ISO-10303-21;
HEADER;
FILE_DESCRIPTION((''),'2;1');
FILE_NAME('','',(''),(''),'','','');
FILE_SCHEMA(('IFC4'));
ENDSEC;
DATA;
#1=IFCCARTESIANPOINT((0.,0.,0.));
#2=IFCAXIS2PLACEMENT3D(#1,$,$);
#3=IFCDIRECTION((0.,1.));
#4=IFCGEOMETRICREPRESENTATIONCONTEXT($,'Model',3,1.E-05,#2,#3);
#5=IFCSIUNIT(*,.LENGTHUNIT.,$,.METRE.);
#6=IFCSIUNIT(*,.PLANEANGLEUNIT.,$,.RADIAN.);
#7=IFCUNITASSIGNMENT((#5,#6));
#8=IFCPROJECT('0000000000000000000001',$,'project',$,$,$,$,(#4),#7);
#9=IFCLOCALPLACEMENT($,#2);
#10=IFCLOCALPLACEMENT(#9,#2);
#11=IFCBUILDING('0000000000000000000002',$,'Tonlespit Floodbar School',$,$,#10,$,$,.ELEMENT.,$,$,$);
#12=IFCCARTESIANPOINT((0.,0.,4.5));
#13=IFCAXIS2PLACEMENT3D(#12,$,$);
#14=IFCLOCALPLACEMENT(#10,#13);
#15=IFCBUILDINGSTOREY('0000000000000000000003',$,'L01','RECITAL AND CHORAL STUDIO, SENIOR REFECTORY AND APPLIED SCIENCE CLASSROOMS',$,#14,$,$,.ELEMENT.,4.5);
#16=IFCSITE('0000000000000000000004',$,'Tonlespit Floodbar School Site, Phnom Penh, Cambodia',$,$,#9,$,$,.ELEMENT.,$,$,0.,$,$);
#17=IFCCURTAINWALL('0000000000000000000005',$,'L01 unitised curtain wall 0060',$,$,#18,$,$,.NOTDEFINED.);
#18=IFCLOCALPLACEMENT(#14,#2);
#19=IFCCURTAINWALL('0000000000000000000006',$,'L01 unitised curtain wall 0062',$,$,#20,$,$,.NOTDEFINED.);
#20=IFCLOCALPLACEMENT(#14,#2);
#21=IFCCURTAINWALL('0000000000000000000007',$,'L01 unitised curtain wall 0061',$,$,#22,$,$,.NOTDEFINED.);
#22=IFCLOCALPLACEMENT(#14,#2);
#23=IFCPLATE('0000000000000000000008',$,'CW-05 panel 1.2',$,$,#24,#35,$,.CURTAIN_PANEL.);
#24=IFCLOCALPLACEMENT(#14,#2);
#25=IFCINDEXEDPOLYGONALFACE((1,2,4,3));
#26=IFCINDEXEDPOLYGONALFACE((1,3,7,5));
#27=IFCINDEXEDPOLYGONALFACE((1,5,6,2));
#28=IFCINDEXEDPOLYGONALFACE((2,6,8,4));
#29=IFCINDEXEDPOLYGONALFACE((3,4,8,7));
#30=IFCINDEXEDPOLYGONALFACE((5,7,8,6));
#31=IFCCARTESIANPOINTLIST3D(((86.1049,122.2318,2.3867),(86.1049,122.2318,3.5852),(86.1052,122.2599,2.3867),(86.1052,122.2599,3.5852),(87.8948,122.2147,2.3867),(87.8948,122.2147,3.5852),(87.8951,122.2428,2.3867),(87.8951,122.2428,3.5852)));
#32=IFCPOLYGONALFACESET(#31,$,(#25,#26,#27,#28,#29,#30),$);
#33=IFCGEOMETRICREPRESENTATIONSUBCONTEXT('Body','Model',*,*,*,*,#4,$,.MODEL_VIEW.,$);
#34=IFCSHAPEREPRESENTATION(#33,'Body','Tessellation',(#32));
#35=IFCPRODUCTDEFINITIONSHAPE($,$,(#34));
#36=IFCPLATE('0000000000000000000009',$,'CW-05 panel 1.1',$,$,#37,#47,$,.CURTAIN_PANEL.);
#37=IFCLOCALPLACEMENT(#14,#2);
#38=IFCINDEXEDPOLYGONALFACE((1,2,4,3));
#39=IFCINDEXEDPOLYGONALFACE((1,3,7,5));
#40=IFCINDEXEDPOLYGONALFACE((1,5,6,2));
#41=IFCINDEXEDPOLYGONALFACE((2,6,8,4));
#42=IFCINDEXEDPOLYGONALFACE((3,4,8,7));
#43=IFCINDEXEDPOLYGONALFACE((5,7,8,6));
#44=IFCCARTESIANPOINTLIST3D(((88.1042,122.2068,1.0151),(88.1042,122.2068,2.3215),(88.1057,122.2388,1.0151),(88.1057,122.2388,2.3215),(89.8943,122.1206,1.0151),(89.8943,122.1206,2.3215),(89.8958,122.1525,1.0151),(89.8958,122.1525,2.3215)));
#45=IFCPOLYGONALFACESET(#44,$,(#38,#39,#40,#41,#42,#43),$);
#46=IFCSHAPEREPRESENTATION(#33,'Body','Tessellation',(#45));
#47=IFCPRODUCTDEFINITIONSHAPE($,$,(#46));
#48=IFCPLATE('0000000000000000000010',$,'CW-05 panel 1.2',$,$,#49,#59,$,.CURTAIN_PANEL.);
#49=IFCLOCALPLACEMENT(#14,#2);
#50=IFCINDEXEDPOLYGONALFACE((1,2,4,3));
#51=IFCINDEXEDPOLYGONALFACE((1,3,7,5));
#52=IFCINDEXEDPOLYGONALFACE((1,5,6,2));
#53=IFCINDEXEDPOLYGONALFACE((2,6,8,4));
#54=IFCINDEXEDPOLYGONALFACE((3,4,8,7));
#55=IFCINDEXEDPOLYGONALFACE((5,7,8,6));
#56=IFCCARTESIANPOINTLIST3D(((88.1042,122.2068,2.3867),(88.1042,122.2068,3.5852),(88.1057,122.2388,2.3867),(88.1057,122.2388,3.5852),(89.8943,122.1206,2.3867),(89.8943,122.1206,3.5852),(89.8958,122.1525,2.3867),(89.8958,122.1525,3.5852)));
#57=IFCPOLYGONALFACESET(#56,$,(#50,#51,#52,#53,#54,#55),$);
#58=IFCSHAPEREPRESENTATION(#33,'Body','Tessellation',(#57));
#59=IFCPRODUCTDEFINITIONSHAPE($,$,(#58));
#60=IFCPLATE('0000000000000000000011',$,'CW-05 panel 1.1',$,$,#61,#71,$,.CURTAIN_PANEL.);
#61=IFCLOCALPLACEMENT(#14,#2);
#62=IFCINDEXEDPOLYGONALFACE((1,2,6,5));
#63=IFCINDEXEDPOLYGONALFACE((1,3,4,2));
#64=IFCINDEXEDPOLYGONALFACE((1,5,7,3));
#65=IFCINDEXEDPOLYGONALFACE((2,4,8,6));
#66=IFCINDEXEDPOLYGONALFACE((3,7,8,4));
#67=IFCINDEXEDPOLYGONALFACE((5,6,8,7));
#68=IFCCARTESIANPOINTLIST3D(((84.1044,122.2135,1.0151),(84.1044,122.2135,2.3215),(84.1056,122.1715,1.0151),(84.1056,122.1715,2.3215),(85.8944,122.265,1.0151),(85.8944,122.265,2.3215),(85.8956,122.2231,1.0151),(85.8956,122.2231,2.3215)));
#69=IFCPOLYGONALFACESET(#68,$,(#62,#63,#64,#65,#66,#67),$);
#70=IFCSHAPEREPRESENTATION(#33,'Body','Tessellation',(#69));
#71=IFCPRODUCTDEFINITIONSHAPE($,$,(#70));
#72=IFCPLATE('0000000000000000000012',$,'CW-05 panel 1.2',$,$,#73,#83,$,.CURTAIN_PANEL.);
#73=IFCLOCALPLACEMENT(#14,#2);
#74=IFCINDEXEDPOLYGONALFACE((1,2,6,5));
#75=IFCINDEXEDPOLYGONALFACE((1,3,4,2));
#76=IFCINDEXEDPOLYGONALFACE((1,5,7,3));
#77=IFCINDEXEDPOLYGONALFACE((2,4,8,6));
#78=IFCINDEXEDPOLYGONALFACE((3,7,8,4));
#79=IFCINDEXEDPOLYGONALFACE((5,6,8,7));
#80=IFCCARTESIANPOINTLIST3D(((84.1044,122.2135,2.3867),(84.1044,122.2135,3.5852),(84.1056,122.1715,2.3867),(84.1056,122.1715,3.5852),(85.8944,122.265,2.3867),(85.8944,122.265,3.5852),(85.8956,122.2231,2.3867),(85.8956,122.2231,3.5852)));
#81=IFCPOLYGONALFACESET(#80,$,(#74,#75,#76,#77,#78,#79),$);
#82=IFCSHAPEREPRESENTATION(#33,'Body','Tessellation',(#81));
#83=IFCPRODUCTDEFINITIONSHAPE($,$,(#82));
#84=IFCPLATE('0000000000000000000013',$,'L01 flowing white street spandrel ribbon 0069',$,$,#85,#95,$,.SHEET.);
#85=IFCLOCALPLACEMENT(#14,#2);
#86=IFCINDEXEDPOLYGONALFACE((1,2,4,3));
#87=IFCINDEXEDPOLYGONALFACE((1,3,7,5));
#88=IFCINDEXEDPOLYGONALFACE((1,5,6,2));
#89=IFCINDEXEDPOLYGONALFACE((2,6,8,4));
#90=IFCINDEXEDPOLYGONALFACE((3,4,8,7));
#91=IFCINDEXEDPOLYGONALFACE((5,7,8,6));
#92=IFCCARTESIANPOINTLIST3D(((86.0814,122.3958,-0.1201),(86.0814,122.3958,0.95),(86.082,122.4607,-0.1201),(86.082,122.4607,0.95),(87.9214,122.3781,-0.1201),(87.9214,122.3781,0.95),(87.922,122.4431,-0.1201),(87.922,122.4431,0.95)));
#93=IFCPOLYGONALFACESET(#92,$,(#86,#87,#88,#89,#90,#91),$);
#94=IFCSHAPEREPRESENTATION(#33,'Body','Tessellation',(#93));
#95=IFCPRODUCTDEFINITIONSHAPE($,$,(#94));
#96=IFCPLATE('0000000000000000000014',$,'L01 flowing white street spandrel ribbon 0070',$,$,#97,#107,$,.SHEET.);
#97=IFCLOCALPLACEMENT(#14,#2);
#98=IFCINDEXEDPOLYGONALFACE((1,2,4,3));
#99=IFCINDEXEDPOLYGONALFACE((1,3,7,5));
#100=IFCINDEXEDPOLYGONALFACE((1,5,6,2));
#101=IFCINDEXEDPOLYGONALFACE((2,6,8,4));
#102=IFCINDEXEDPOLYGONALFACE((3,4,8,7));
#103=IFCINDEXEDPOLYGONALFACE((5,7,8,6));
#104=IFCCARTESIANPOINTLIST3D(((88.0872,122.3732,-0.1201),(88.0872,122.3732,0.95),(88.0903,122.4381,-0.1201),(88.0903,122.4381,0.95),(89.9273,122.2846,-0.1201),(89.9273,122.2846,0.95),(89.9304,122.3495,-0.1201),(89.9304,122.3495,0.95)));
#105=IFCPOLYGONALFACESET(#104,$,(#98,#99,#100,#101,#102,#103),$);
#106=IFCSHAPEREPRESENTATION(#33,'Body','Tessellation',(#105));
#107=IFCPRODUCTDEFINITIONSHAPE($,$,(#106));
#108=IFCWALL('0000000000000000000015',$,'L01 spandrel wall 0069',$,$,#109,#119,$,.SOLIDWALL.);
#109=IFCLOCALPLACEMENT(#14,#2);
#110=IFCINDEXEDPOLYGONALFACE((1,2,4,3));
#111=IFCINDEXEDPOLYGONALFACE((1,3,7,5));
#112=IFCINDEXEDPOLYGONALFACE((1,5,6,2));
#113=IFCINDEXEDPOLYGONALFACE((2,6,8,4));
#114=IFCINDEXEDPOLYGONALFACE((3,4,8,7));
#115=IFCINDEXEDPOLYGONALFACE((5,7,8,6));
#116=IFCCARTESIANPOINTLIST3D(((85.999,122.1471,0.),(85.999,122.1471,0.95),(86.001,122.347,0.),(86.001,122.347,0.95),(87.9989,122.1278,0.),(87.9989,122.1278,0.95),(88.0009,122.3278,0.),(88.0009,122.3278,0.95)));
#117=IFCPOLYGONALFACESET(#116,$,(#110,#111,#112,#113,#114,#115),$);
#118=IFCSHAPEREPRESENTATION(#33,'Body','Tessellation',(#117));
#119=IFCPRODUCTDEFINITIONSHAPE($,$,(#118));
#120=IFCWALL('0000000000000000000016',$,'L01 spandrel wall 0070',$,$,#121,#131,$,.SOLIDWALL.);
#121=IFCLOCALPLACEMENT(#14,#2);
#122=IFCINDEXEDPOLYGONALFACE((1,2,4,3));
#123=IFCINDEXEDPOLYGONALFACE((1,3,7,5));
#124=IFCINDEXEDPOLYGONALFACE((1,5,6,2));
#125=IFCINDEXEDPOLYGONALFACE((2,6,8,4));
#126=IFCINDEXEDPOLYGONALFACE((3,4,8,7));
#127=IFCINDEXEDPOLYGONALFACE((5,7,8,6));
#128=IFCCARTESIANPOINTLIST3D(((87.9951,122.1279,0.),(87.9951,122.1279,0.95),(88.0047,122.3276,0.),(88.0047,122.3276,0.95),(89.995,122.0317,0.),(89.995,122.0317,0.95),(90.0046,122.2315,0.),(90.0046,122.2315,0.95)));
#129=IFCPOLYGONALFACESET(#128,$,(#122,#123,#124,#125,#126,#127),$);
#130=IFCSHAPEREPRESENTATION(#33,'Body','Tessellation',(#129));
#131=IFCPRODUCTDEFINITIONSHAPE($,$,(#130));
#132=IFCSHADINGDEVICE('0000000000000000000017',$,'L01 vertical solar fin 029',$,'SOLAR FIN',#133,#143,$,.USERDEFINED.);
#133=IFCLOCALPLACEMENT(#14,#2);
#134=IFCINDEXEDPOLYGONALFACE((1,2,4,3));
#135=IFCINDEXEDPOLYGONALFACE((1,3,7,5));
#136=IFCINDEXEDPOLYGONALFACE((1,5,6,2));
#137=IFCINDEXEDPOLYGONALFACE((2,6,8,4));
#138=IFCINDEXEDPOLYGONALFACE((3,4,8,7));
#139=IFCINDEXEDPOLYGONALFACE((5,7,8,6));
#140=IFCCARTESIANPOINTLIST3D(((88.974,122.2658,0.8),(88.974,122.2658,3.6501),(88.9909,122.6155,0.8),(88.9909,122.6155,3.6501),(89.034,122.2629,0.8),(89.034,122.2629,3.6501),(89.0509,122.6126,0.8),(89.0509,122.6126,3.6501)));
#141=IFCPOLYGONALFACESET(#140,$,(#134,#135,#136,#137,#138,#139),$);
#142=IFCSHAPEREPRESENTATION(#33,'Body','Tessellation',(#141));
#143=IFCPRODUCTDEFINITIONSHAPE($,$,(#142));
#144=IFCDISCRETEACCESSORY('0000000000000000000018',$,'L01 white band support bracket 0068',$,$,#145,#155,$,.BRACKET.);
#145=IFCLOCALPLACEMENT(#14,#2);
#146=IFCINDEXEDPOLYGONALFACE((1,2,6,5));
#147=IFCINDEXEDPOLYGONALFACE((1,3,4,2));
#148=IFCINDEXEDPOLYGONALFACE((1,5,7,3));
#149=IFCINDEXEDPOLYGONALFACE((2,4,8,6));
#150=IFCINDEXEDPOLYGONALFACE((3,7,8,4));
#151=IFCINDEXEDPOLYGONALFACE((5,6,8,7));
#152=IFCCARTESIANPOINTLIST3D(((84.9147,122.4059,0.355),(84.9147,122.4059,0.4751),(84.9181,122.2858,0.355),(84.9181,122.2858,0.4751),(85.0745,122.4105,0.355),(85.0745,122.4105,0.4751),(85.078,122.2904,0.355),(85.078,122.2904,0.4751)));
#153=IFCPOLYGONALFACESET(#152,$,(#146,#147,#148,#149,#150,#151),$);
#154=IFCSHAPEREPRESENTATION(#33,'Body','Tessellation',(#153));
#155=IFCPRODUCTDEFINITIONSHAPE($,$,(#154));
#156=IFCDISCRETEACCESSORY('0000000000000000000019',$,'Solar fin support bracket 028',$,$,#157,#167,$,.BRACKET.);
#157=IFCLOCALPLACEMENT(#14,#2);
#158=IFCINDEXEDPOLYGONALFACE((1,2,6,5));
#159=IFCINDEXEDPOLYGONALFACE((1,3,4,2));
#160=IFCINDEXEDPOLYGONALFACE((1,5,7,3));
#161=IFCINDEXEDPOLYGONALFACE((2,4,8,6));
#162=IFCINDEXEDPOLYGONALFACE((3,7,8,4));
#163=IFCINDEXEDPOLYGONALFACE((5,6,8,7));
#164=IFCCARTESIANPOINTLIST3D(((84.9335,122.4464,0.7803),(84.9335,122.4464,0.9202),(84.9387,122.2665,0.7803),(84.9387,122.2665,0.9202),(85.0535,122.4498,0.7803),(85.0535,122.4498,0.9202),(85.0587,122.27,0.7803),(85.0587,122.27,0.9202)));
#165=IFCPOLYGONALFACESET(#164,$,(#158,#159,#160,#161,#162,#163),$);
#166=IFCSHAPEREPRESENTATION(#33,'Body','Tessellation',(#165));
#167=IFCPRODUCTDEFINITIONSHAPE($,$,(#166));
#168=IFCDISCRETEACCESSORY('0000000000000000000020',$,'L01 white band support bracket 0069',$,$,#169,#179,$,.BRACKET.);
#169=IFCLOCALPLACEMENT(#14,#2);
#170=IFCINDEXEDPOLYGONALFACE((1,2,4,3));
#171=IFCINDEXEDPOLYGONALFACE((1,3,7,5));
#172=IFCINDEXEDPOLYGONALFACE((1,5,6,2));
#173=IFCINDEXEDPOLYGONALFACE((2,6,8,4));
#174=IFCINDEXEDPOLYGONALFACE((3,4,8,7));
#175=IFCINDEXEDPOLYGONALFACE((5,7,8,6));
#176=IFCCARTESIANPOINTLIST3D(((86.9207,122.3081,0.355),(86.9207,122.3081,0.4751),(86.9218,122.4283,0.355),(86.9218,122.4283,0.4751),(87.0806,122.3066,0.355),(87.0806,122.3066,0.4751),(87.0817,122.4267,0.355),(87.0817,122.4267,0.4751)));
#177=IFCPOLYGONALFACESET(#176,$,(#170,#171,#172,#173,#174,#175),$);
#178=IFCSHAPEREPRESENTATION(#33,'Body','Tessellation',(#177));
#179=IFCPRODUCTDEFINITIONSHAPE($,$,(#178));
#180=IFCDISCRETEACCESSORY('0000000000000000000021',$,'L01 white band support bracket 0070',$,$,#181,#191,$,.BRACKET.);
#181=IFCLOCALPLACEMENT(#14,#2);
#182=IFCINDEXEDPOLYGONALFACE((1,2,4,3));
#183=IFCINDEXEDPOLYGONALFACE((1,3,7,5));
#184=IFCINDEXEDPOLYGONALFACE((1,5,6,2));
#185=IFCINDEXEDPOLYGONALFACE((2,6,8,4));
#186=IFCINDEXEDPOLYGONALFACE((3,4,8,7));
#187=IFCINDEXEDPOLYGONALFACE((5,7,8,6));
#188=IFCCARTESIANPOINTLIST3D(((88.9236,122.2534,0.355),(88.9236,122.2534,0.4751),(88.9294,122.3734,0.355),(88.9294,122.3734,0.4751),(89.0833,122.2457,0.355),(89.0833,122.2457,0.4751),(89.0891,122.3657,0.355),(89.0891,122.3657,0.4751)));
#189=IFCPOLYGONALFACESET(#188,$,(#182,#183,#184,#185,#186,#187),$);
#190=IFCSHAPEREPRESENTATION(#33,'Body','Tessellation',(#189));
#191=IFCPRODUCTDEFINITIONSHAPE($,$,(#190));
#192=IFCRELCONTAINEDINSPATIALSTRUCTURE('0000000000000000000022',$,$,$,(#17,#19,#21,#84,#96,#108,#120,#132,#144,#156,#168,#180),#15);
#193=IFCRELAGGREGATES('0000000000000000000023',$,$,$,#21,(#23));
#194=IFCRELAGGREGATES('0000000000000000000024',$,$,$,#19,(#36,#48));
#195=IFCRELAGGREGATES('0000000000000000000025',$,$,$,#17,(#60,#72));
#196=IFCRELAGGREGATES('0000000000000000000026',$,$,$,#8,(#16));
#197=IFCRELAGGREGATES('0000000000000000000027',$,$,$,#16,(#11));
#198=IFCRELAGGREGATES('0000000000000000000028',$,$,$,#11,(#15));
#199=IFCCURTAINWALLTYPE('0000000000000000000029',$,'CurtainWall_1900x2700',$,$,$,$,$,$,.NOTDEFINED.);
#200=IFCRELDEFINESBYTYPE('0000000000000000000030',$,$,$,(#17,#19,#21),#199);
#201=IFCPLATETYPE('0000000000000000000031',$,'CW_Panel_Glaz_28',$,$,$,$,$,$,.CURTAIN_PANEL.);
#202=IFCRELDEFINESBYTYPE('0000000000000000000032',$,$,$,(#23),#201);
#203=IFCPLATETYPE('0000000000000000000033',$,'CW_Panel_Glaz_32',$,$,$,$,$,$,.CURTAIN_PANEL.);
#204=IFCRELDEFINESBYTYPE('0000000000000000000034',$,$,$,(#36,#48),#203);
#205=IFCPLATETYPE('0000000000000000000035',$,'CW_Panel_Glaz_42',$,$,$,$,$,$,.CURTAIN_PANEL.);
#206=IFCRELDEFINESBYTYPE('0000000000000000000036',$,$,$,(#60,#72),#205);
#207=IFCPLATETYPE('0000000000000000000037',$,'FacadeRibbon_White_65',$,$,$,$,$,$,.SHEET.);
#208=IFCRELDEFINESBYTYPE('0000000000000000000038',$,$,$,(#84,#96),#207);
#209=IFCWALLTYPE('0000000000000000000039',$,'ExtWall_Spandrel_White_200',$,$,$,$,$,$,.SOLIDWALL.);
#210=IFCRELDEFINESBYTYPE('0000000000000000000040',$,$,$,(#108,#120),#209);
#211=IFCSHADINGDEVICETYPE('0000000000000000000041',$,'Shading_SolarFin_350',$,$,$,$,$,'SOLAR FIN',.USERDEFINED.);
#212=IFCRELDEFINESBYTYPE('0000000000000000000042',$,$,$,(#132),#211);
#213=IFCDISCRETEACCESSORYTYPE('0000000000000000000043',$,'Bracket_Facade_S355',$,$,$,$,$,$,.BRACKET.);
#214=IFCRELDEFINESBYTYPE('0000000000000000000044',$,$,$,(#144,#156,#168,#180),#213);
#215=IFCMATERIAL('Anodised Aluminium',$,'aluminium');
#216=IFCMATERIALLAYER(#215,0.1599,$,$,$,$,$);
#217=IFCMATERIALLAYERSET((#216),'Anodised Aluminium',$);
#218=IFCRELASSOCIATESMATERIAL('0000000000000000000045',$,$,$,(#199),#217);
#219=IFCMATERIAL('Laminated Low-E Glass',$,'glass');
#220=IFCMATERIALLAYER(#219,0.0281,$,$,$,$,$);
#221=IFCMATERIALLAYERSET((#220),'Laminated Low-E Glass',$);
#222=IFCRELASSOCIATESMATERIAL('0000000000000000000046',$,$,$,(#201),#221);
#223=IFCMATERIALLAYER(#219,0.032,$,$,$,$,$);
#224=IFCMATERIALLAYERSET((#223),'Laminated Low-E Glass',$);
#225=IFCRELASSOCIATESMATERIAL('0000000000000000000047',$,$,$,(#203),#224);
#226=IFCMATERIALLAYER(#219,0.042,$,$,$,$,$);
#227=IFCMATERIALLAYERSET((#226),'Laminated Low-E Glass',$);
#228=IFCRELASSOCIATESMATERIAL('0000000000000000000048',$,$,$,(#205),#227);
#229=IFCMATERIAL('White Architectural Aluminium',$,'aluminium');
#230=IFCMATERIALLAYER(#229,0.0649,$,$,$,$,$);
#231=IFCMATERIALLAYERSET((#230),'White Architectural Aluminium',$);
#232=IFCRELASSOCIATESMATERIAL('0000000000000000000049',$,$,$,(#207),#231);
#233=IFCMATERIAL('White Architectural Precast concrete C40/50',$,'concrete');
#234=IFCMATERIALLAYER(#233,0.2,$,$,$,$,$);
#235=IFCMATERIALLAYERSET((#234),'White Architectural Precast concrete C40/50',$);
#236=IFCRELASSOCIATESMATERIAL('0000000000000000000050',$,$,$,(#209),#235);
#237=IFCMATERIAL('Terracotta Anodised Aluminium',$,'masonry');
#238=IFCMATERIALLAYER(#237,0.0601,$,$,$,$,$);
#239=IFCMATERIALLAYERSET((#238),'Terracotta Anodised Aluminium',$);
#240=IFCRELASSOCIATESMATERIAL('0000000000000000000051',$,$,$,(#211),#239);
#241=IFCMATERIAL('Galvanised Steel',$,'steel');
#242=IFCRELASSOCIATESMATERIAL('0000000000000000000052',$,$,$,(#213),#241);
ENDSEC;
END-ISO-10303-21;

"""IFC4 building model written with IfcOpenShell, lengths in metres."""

from ifc_helpers import new_model, si_unit, direction, frame, frame_2d, origin, origin_2d, place, context, subcontext, project, spatial, rectangle, extrude, material, layer, layer_set, type_object, element, aggregate, save


model = new_model("IFC4")

# Units and contexts
model_context = context("Model", 3, precision=1e-05, world=origin(), true_north=direction((0.0, 1.0)))
body_context = subcontext(model_context, "Body", "Model", "MODEL_VIEW")
ifc_project = project(units=[si_unit("LENGTHUNIT", "METRE"), si_unit("PLANEANGLEUNIT", "RADIAN")], contexts=[model_context])

# Site, building, storey
site_placement = place(None, origin())
site = spatial("IfcSite", under=ifc_project, at=site_placement, Name="Tonlespit Floodbar School Site, Phnom Penh, Cambodia", CompositionType="ELEMENT", RefElevation=0.0)
building_placement = place(site_placement, origin())
building = spatial("IfcBuilding", under=site, at=building_placement, Name="Tonlespit Floodbar School", CompositionType="ELEMENT")
storey_placement = place(building_placement, frame((0.0, 0.0, 4.5)))
storey = spatial("IfcBuildingStorey", under=building, at=storey_placement, Name="L01", Description="RECITAL AND CHORAL STUDIO, SENIOR REFECTORY AND APPLIED SCIENCE CLASSROOMS", CompositionType="ELEMENT", Elevation=4.5)

# Curtain walls
ifc_material_1 = material(Name="Anodised Aluminium", Category="aluminium")
ifc_layer_1 = layer(ifc_material_1, 0.1599)
ifc_layer_set_1 = layer_set([ifc_layer_1], Name="Anodised Aluminium")
curtain_wall_type = type_object("IfcCurtainWallType", Name="CurtainWall_1900x2700", PredefinedType="NOTDEFINED", material=ifc_layer_set_1)
curtain_wall_1_placement = place(storey_placement, origin())
curtain_wall_1 = element("IfcCurtainWall", 1, at=curtain_wall_1_placement, inside=storey, type_object=curtain_wall_type, Name="L01 unitised curtain wall 0060", PredefinedType="NOTDEFINED")
curtain_wall_2_placement = place(storey_placement, origin())
curtain_wall_2 = element("IfcCurtainWall", 2, at=curtain_wall_2_placement, inside=storey, type_object=curtain_wall_type, Name="L01 unitised curtain wall 0062", PredefinedType="NOTDEFINED")

# Curtain wall
curtain_wall_3_placement = place(storey_placement, origin())
curtain_wall_3 = element("IfcCurtainWall", 3, at=curtain_wall_3_placement, inside=storey, type_object=curtain_wall_type, Name="L01 unitised curtain wall 0061", PredefinedType="NOTDEFINED")

# Plates
ifc_material_2 = material(Name="Laminated Low-E Glass", Category="glass")
ifc_layer_2 = layer(ifc_material_2, 0.0281)
ifc_layer_set_2 = layer_set([ifc_layer_2], Name="Laminated Low-E Glass")
plate_type_1 = type_object("IfcPlateType", Name="CW_Panel_Glaz_28", PredefinedType="CURTAIN_PANEL", material=ifc_layer_set_2)
plate_1_placement = place(storey_placement, frame((87.0, 122.2373, 2.3867), z_axis=(0.0, 0.0, 1.0), x_axis=(0.999954, -0.009583, 0.0)))
plate_1 = element("IfcPlate", 4, at=plate_1_placement, type_object=plate_type_1, Name="CW-05 panel 1.2", PredefinedType="CURTAIN_PANEL", context=body_context, shape_type="SweptSolid", body=[
    extrude(rectangle(XDim=1.79, YDim=0.0281, at=origin_2d()), origin(), (0.0, 0.0, 1.0), 1.1985),
])
aggregate(curtain_wall_3, [plate_1])
ifc_layer_3 = layer(ifc_material_2, 0.032)
ifc_layer_set_3 = layer_set([ifc_layer_3], Name="Laminated Low-E Glass")
plate_type_2 = type_object("IfcPlateType", Name="CW_Panel_Glaz_32", PredefinedType="CURTAIN_PANEL", material=ifc_layer_set_3)
plate_2_placement = place(storey_placement, frame((89.0, 122.1797, 1.0151), z_axis=(0.0, 0.0, 1.0), x_axis=(0.998842, -0.048121, 0.0)))
plate_2 = element("IfcPlate", 5, at=plate_2_placement, type_object=plate_type_2, Name="CW-05 panel 1.1", PredefinedType="CURTAIN_PANEL", context=body_context, shape_type="SweptSolid", body=[
    extrude(rectangle(XDim=1.7922, YDim=0.032, at=origin_2d()), origin(), (0.0, 0.0, 1.0), 1.3064),
])
plate_3_placement = place(storey_placement, frame((89.0, 122.1797, 2.3867), z_axis=(0.0, 0.0, 1.0), x_axis=(0.998842, -0.048121, 0.0)))
plate_3 = element("IfcPlate", 6, at=plate_3_placement, type_object=plate_type_2, Name="CW-05 panel 1.2", PredefinedType="CURTAIN_PANEL", context=body_context, shape_type="SweptSolid", body=[
    extrude(rectangle(XDim=1.7922, YDim=0.032, at=origin_2d()), origin(), (0.0, 0.0, 1.0), 1.1985),
])
aggregate(curtain_wall_2, [plate_2, plate_3])
ifc_layer_4 = layer(ifc_material_2, 0.042)
ifc_layer_set_4 = layer_set([ifc_layer_4], Name="Laminated Low-E Glass")
plate_type_3 = type_object("IfcPlateType", Name="CW_Panel_Glaz_42", PredefinedType="CURTAIN_PANEL", material=ifc_layer_set_4)
plate_4_placement = place(storey_placement, frame((85.0, 122.2183, 1.0151), z_axis=(0.0, 0.0, 1.0), x_axis=(0.999585, 0.02879, 0.0)))
plate_4 = element("IfcPlate", 7, at=plate_4_placement, type_object=plate_type_3, Name="CW-05 panel 1.1", PredefinedType="CURTAIN_PANEL", context=body_context, shape_type="SweptSolid", body=[
    extrude(rectangle(XDim=1.7908, YDim=0.042, at=origin_2d()), origin(), (0.0, 0.0, 1.0), 1.3064),
])
plate_5_placement = place(storey_placement, frame((85.0, 122.2183, 2.3867), z_axis=(0.0, 0.0, 1.0), x_axis=(0.999585, 0.02879, 0.0)))
plate_5 = element("IfcPlate", 8, at=plate_5_placement, type_object=plate_type_3, Name="CW-05 panel 1.2", PredefinedType="CURTAIN_PANEL", context=body_context, shape_type="SweptSolid", body=[
    extrude(rectangle(XDim=1.7908, YDim=0.042, at=origin_2d()), origin(), (0.0, 0.0, 1.0), 1.1985),
])
aggregate(curtain_wall_1, [plate_4, plate_5])

# Plates
ifc_material_3 = material(Name="White Architectural Aluminium", Category="aluminium")
ifc_layer_5 = layer(ifc_material_3, 0.0649)
ifc_layer_set_5 = layer_set([ifc_layer_5], Name="White Architectural Aluminium")
plate_type_4 = type_object("IfcPlateType", Name="FacadeRibbon_White_65", PredefinedType="SHEET", material=ifc_layer_set_5)
plate_6_placement = place(storey_placement, frame((87.0017, 122.4194, -0.1201), z_axis=(0.0, 0.0, 1.0), x_axis=(0.999954, -0.009599, 0.0)))
element("IfcPlate", 9, at=plate_6_placement, inside=storey, type_object=plate_type_4, Name="L01 flowing white street spandrel ribbon 0069", PredefinedType="SHEET", context=body_context, shape_type="SweptSolid", body=[
    extrude(rectangle(XDim=1.8401, YDim=0.0649, at=origin_2d()), origin(), (0.0, 0.0, 1.0), 1.0701),
])
plate_7_placement = place(storey_placement, frame((89.0088, 122.3613, -0.1201), z_axis=(0.0, 0.0, 1.0), x_axis=(0.998843, -0.048095, 0.0)))
element("IfcPlate", 10, at=plate_7_placement, inside=storey, type_object=plate_type_4, Name="L01 flowing white street spandrel ribbon 0070", PredefinedType="SHEET", context=body_context, shape_type="SweptSolid", body=[
    extrude(rectangle(XDim=1.8423, YDim=0.0649, at=origin_2d()), origin(), (0.0, 0.0, 1.0), 1.0701),
])

# Walls
ifc_material_4 = material(Name="White Architectural Precast concrete C40/50", Category="concrete")
ifc_layer_6 = layer(ifc_material_4, 0.2)
ifc_layer_set_6 = layer_set([ifc_layer_6], Name="White Architectural Precast concrete C40/50")
wall_type = type_object("IfcWallType", Name="ExtWall_Spandrel_White_200", PredefinedType="SOLIDWALL", material=ifc_layer_set_6)
wall_1_placement = place(storey_placement, frame((86.0, 122.2471, 0.0), z_axis=(0.0, 0.0, 1.0), x_axis=(0.999954, -0.009643, 0.0)))
element("IfcWall", 11, at=wall_1_placement, inside=storey, type_object=wall_type, Name="L01 spandrel wall 0069", PredefinedType="SOLIDWALL", context=body_context, shape_type="SweptSolid", body=[
    extrude(rectangle(XDim=2.0, YDim=0.2, at=frame_2d((1.0, 0.0))), origin(), (0.0, 0.0, 1.0), 0.95),
])
wall_2_placement = place(storey_placement, frame((88.0, 122.2278, 0.0), z_axis=(0.0, 0.0, 1.0), x_axis=(0.998845, -0.04804, 0.0)))
element("IfcWall", 12, at=wall_2_placement, inside=storey, type_object=wall_type, Name="L01 spandrel wall 0070", PredefinedType="SOLIDWALL", context=body_context, shape_type="SweptSolid", body=[
    extrude(rectangle(XDim=2.0022, YDim=0.2, at=frame_2d((1.001, 0.0))), origin(), (0.0, 0.0, 1.0), 0.95),
])

# Shading device
ifc_material_5 = material(Name="Terracotta Anodised Aluminium", Category="masonry")
ifc_layer_7 = layer(ifc_material_5, 0.0601)
ifc_layer_set_7 = layer_set([ifc_layer_7], Name="Terracotta Anodised Aluminium")
shading_device_type = type_object("IfcShadingDeviceType", Name="Shading_SolarFin_350", ElementType="SOLAR FIN", PredefinedType="USERDEFINED", material=ifc_layer_set_7)
shading_device_placement = place(storey_placement, frame((89.0125, 122.4392, 0.8), z_axis=(0.0, 0.0, 1.0), x_axis=(0.998843, -0.048095, 0.0)))
element("IfcShadingDevice", 13, at=shading_device_placement, inside=storey, type_object=shading_device_type, Name="L01 vertical solar fin 029", ObjectType="SOLAR FIN", PredefinedType="USERDEFINED", context=body_context, shape_type="SweptSolid", body=[
    extrude(rectangle(XDim=0.0601, YDim=0.3501, at=origin_2d()), origin(), (0.0, 0.0, 1.0), 2.8501),
])

# Discrete accessories
ifc_material_6 = material(Name="Galvanised Steel", Category="steel")
discrete_accessory_type = type_object("IfcDiscreteAccessoryType", Name="Bracket_Facade_S355", PredefinedType="BRACKET", material=ifc_material_6)
discrete_accessory_1_placement = place(storey_placement, frame((84.9963, 122.3481, 0.355), z_axis=(0.0, 0.0, 1.0), x_axis=(0.999584, 0.028838, 0.0)))
element("IfcDiscreteAccessory", 14, at=discrete_accessory_1_placement, inside=storey, type_object=discrete_accessory_type, Name="L01 white band support bracket 0068", PredefinedType="BRACKET", context=body_context, shape_type="SweptSolid", body=[
    extrude(rectangle(XDim=0.1599, YDim=0.1201, at=origin_2d()), origin(), (0.0, 0.0, 1.0), 0.1201),
])
discrete_accessory_2_placement = place(storey_placement, frame((84.9961, 122.3582, 0.7803), z_axis=(0.0, 0.0, 1.0), x_axis=(0.999584, 0.028838, 0.0)))
element("IfcDiscreteAccessory", 15, at=discrete_accessory_2_placement, inside=storey, type_object=discrete_accessory_type, Name="Solar fin support bracket 028", PredefinedType="BRACKET", context=body_context, shape_type="SweptSolid", body=[
    extrude(rectangle(XDim=0.1201, YDim=0.1799, at=origin_2d()), origin(), (0.0, 0.0, 1.0), 0.1399),
])
for number, where, z_axis, x_axis, name in (
    (16, (87.0012, 122.3674, 0.355), (0.0, 0.0, 1.0), (0.999954, -0.009599, 0.0), "L01 white band support bracket 0069"),
    (17, (89.0063, 122.3096, 0.355), (0.0, 0.0, 1.0), (0.998843, -0.048095, 0.0), "L01 white band support bracket 0070"),
):
    element("IfcDiscreteAccessory", number, at=place(storey_placement, frame(where, z_axis=z_axis, x_axis=x_axis)), inside=storey, type_object=discrete_accessory_type, Name=name, PredefinedType="BRACKET", context=body_context, shape_type="SweptSolid", body=[
        extrude(rectangle(XDim=0.1599, YDim=0.1201, at=origin_2d()), origin(), (0.0, 0.0, 1.0), 0.1201),
    ])

save(model, "model.ifc")
